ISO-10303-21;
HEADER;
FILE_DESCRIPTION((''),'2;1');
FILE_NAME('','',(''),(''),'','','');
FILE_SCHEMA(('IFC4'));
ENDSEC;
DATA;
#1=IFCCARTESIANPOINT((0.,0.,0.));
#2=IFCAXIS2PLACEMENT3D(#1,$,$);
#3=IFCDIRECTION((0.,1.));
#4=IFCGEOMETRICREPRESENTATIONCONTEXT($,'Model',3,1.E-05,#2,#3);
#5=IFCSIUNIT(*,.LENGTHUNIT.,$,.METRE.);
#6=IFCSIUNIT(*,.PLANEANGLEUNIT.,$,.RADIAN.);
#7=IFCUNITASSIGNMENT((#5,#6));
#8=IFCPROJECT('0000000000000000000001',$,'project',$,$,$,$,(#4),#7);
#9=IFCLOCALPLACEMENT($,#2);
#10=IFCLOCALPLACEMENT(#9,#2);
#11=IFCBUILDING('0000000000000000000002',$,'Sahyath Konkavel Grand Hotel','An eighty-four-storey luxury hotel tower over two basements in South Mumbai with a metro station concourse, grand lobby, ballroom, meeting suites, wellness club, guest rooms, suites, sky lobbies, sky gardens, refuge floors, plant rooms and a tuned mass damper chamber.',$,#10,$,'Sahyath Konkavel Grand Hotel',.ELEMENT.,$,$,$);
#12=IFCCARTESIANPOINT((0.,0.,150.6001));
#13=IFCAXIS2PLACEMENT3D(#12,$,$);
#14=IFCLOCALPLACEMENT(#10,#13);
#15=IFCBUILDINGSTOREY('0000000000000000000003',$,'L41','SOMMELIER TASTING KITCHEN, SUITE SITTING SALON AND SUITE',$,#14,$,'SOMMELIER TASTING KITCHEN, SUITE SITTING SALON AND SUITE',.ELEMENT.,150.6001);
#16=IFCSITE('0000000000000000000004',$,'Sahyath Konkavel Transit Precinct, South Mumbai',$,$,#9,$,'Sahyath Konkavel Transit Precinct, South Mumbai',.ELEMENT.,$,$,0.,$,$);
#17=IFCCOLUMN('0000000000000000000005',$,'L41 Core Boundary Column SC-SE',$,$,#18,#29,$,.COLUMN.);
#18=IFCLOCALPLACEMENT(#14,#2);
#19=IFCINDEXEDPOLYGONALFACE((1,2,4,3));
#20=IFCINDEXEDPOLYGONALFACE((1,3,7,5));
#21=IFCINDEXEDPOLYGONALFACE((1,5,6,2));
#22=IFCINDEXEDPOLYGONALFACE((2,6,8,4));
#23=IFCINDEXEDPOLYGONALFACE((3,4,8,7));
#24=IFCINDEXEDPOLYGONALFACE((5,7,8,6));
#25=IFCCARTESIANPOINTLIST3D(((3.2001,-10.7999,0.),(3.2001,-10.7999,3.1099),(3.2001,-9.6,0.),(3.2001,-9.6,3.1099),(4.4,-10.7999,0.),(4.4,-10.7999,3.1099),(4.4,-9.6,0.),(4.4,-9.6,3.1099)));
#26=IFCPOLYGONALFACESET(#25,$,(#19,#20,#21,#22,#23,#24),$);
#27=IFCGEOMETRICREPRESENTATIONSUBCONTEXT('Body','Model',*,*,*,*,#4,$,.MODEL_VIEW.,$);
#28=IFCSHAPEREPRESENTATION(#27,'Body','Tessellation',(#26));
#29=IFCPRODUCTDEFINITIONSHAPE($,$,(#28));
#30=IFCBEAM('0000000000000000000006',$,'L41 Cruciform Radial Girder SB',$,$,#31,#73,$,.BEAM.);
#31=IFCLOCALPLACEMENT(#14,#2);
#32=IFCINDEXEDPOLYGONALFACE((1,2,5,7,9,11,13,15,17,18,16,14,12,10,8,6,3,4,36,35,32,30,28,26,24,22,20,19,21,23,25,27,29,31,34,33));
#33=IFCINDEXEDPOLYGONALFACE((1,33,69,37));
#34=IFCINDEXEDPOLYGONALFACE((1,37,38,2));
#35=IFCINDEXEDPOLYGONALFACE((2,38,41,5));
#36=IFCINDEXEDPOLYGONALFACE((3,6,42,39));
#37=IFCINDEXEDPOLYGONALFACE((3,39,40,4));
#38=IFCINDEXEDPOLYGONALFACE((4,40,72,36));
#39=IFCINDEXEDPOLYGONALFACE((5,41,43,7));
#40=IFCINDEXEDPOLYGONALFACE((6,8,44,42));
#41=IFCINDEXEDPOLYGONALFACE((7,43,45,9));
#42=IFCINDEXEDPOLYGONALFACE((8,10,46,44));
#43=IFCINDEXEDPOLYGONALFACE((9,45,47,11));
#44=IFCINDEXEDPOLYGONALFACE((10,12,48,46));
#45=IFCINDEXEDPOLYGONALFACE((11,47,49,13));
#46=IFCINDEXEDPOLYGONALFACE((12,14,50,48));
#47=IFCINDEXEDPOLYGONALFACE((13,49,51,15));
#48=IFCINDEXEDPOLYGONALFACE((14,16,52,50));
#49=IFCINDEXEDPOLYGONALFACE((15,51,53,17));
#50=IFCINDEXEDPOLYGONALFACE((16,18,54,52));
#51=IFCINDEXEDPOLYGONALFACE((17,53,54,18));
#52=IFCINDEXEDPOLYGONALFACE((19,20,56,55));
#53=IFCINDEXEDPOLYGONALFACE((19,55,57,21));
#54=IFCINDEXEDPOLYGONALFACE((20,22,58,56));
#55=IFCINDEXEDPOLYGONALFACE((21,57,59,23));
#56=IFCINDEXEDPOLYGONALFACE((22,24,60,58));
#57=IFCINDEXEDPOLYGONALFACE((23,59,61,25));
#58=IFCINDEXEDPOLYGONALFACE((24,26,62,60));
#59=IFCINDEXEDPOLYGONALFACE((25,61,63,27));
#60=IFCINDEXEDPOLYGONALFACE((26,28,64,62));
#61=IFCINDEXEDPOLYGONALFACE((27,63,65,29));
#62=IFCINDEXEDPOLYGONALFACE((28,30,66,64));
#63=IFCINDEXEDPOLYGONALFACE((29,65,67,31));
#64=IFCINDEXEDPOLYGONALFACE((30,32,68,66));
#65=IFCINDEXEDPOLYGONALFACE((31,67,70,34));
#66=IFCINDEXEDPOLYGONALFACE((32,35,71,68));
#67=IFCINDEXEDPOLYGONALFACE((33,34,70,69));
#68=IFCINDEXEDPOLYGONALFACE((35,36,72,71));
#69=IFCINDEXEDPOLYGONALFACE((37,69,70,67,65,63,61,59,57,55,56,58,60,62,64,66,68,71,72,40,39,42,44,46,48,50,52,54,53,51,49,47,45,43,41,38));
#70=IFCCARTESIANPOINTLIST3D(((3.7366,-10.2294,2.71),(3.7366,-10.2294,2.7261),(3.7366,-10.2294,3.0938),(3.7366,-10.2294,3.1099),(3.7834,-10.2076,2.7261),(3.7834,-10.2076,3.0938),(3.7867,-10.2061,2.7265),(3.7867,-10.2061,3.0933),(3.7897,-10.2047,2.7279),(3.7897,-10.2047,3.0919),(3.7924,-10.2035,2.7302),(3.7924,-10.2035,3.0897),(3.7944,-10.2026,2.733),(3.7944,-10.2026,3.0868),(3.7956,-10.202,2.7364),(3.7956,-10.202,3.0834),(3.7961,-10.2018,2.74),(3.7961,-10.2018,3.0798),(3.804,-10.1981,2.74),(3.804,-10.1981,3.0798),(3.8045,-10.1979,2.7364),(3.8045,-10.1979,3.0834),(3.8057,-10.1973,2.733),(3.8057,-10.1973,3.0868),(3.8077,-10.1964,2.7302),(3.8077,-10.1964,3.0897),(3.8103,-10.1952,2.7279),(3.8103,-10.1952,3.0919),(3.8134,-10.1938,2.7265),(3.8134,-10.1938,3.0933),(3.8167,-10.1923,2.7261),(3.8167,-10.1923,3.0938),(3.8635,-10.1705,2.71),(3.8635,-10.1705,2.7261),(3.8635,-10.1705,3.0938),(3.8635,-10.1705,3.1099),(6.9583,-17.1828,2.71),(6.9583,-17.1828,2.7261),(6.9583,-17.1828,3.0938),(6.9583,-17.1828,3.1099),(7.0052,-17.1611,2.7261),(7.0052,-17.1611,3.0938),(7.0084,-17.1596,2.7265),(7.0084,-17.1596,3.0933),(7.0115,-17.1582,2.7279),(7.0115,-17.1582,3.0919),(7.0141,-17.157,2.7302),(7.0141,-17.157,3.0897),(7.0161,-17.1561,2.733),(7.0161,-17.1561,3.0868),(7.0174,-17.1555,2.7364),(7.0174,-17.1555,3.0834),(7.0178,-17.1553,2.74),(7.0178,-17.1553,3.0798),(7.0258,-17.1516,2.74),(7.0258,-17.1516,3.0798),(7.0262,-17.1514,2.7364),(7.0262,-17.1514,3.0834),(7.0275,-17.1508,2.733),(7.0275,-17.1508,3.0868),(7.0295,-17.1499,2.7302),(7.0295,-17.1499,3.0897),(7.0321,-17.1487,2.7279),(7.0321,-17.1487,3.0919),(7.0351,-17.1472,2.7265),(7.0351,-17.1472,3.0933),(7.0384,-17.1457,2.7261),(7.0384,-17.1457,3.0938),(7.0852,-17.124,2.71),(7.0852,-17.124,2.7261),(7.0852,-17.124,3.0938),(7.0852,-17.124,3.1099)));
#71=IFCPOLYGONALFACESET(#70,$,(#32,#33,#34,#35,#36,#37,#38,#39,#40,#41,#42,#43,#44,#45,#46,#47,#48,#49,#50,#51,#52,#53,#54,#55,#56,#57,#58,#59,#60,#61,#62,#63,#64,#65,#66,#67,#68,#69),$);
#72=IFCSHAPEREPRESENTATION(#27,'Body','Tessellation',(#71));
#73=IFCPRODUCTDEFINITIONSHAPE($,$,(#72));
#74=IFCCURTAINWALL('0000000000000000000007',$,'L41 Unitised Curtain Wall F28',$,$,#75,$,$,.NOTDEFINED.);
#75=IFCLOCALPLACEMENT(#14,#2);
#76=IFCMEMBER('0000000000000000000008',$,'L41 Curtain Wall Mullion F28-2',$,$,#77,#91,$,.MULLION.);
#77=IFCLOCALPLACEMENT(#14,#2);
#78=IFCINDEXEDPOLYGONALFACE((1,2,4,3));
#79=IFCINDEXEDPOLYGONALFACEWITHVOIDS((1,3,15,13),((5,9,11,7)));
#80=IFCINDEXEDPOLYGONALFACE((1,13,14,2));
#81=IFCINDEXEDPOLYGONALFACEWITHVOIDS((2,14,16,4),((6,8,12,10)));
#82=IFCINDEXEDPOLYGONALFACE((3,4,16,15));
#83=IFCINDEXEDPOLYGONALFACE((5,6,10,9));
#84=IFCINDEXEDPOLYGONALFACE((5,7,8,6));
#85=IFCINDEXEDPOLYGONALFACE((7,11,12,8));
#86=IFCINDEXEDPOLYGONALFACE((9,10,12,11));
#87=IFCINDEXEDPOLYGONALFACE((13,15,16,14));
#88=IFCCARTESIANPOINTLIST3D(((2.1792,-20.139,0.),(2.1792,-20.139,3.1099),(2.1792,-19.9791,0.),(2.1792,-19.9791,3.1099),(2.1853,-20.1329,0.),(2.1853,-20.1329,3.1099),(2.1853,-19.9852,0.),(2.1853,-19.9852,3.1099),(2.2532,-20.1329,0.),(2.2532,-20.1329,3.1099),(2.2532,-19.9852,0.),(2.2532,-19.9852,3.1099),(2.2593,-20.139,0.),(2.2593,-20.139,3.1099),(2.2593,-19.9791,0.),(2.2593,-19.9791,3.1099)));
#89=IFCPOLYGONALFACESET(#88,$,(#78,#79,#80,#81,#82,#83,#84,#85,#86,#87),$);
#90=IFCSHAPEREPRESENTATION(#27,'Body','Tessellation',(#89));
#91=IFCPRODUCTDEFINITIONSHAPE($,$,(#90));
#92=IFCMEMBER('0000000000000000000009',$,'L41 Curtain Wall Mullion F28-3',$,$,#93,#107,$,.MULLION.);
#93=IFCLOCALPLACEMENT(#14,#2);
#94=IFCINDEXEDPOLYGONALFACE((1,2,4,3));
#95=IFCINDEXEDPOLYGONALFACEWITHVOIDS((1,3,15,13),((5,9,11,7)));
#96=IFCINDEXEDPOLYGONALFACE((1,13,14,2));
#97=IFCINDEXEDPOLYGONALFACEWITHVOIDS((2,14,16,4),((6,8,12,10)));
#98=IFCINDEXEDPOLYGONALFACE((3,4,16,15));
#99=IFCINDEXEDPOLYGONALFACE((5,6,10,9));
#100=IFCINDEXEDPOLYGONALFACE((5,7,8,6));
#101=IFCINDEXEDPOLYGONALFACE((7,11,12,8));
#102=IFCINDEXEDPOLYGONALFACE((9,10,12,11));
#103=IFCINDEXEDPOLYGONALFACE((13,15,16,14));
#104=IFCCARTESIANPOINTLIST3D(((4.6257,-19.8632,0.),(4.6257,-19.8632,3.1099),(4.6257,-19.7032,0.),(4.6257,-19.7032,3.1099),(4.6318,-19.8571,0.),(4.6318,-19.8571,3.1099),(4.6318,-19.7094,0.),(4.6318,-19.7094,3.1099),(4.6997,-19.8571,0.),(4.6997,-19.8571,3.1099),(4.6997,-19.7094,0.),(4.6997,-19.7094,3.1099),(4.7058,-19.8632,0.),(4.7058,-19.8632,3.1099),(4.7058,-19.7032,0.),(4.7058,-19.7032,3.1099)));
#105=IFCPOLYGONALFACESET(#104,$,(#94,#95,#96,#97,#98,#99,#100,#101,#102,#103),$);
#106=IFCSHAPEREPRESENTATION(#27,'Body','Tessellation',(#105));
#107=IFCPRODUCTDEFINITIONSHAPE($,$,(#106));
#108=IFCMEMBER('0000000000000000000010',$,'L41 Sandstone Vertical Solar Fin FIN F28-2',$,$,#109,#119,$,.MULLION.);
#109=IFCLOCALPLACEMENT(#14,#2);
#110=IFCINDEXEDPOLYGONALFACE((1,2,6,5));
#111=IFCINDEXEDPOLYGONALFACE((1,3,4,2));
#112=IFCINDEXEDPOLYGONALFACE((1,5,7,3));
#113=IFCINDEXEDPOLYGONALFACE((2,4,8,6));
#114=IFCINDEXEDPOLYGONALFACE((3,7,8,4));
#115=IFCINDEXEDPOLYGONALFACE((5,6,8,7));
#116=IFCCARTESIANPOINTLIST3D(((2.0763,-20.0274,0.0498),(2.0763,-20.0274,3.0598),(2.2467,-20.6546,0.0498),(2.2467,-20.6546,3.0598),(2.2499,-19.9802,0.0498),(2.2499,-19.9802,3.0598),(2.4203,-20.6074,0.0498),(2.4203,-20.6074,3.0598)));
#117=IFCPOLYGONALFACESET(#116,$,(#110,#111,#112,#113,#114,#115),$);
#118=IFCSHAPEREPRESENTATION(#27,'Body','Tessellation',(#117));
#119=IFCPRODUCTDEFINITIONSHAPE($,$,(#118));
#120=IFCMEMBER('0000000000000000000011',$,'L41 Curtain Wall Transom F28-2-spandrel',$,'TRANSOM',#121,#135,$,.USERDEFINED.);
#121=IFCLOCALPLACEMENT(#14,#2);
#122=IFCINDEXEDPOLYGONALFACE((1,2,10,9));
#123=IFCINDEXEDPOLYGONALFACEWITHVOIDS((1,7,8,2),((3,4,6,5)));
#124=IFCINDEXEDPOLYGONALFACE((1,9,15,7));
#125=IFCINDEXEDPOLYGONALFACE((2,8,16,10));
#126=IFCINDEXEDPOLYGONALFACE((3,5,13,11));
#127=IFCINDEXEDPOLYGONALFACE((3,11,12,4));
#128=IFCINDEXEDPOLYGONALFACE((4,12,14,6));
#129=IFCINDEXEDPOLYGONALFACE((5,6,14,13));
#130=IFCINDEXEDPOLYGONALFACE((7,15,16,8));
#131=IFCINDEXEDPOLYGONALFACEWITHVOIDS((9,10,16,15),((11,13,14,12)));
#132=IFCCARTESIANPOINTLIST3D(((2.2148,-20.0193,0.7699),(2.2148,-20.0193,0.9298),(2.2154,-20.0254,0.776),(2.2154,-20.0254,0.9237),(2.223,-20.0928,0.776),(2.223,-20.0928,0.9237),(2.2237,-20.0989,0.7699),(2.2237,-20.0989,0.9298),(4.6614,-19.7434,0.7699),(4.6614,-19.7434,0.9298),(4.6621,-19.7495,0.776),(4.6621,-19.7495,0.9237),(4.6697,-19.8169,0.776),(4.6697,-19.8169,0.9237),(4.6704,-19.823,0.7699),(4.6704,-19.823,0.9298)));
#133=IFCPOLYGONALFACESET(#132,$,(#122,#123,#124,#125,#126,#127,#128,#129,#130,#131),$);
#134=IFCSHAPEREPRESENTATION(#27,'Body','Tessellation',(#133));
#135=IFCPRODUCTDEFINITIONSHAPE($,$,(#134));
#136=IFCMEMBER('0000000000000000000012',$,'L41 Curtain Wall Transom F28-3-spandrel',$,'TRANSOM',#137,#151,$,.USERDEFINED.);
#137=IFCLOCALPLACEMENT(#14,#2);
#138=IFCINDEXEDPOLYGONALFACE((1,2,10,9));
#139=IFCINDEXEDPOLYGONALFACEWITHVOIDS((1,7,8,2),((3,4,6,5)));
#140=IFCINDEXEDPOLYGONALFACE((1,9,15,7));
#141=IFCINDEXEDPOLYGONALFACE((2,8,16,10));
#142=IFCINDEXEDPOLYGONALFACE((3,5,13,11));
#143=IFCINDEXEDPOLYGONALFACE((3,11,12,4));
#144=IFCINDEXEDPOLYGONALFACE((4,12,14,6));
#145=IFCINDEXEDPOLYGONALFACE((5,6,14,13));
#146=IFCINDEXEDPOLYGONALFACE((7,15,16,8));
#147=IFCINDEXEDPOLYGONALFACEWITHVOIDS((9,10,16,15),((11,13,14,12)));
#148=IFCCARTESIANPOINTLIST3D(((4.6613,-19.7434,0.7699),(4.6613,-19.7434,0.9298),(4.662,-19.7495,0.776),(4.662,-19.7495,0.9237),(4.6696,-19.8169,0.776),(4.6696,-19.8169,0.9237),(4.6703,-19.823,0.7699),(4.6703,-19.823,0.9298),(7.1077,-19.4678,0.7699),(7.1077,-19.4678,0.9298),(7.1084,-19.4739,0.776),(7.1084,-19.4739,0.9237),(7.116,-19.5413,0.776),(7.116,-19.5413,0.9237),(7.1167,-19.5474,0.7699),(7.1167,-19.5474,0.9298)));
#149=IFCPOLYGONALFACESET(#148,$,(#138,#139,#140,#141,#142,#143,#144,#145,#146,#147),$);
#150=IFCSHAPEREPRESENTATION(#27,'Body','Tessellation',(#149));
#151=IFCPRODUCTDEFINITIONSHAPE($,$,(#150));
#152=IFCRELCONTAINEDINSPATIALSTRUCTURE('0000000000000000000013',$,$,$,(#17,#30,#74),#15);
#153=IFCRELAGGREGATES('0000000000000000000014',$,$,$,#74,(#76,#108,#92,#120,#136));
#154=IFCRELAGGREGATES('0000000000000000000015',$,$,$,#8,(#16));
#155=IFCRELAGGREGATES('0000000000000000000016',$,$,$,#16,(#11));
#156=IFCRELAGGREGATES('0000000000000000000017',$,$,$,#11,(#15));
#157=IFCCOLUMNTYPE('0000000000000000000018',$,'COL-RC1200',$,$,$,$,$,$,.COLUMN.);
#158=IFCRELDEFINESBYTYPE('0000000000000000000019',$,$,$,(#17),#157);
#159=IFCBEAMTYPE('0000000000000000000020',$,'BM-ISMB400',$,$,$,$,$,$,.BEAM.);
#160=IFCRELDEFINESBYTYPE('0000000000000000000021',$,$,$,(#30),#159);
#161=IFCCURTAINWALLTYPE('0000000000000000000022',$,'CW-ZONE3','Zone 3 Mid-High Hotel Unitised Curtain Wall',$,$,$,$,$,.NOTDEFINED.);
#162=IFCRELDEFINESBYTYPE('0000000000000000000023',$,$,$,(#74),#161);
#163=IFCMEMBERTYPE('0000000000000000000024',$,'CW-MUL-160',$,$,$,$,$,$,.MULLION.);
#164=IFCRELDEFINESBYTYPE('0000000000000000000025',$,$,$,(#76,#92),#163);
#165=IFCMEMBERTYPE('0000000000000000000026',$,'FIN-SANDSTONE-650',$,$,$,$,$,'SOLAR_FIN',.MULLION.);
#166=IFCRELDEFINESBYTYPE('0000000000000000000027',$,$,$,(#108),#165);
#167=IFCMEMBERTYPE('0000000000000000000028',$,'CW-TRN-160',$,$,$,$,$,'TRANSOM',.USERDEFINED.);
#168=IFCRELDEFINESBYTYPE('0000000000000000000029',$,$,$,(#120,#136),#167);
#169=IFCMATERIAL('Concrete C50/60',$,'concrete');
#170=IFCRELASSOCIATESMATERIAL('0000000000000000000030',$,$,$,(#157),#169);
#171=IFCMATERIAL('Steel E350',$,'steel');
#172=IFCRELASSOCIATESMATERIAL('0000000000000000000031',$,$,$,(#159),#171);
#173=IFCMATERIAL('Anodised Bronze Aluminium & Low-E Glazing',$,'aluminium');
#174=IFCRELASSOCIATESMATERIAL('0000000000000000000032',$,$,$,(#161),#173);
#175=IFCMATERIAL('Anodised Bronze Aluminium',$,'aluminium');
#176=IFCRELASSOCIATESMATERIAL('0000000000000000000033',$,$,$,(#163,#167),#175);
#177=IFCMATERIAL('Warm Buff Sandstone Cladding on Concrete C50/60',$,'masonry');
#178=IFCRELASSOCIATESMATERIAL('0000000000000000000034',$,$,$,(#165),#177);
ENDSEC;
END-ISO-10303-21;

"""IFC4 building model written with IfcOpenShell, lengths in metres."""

from ifc_helpers import new_model, si_unit, direction, frame, origin, origin_2d, place, context, subcontext, project, spatial, rectangle, hollow_rectangle, i_section, extrude, source, transform, mapped, material, material_profile, profile_set, type_object, element, aggregate, save


model = new_model("IFC4")

# Units and contexts
model_context = context("Model", 3, precision=1e-05, world=origin(), true_north=direction((0.0, 1.0)))
body_context = subcontext(model_context, "Body", "Model", "MODEL_VIEW")
ifc_project = project(units=[si_unit("LENGTHUNIT", "METRE"), si_unit("PLANEANGLEUNIT", "RADIAN")], contexts=[model_context])

# Site, building, storey
site_placement = place(None, origin())
site = spatial("IfcSite", under=ifc_project, at=site_placement, Name="Sahyath Konkavel Transit Precinct, South Mumbai", LongName="Sahyath Konkavel Transit Precinct, South Mumbai", CompositionType="ELEMENT", RefElevation=0.0)
building_placement = place(site_placement, origin())
building = spatial("IfcBuilding", under=site, at=building_placement, Name="Sahyath Konkavel Grand Hotel", Description="An eighty-four-storey luxury hotel tower over two basements in South Mumbai with a metro station concourse, grand lobby, ballroom, meeting suites, wellness club, guest rooms, suites, sky lobbies, sky gardens, refuge floors, plant rooms and a tuned mass damper chamber.", LongName="Sahyath Konkavel Grand Hotel", CompositionType="ELEMENT")
storey_placement = place(building_placement, frame((0.0, 0.0, 150.6001)))
storey = spatial("IfcBuildingStorey", under=building, at=storey_placement, Name="L41", Description="SOMMELIER TASTING KITCHEN, SUITE SITTING SALON AND SUITE", LongName="SOMMELIER TASTING KITCHEN, SUITE SITTING SALON AND SUITE", CompositionType="ELEMENT", Elevation=150.6001)

# Column
ifc_material_1 = material(Name="Concrete C50/60", Category="concrete")
ifc_material_profile_1 = material_profile(ifc_material_1, rectangle(XDim=1.2, YDim=1.2, at=origin_2d()), Name="RC 1200x1200")
ifc_profile_set_1 = profile_set([ifc_material_profile_1], Name="Concrete C50/60")
column_type = type_object("IfcColumnType", Name="COL-RC1200", PredefinedType="COLUMN", material=ifc_profile_set_1)
shared_shape_1 = source(origin(), body_context, "Body", "SweptSolid", [
    extrude(rectangle(XDim=1.2, YDim=1.2, at=origin_2d()), origin(), (0.0, 0.0, 1.0), 3.1099),
])
column_placement = place(storey_placement, frame((3.8, -10.2, 0.0), z_axis=(0.0, 0.0, 1.0), x_axis=(1.0, 0.0, 0.0)))
element("IfcColumn", 1, at=column_placement, inside=storey, type_object=column_type, Name="L41 Core Boundary Column SC-SE", PredefinedType="COLUMN", context=body_context, shape_type="MappedRepresentation", body=[
    mapped(shared_shape_1, transform((0.0, 0.0, 0.0), scale=1.0)),
])

# Beam
ifc_material_2 = material(Name="Steel E350", Category="steel")
ifc_material_profile_2 = material_profile(ifc_material_2, i_section(OverallWidth=0.1399, OverallDepth=0.3999, WebThickness=0.0088, FlangeThickness=0.0161, FilletRadius=0.0139, at=origin_2d()), Name="ISMB 400")
ifc_profile_set_2 = profile_set([ifc_material_profile_2], Name="Steel E350")
beam_type_1 = type_object("IfcBeamType", Name="BM-ISMB400", PredefinedType="BEAM", material=ifc_profile_set_2)
shared_shape_2 = source(origin(), body_context, "Body", "SweptSolid", [
    extrude(i_section(OverallWidth=0.1399, OverallDepth=0.3999, WebThickness=0.0088, FlangeThickness=0.0161, FilletRadius=0.0139, at=origin_2d()), origin(), (0.0, 0.0, 1.0), 7.6636),
])
beam_1_placement = place(storey_placement, frame((3.8, -10.2, 2.9099), z_axis=(0.420395, -0.907341, 0.0), x_axis=(0.907341, 0.420395, 0.0)))
element("IfcBeam", 2, at=beam_1_placement, inside=storey, type_object=beam_type_1, Name="L41 Cruciform Radial Girder SB", PredefinedType="BEAM", context=body_context, shape_type="MappedRepresentation", body=[
    mapped(shared_shape_2, transform((0.0, 0.0, 0.0), scale=1.0)),
])

# Curtain wall, members
ifc_material_3 = material(Name="Anodised Bronze Aluminium & Low-E Glazing", Category="aluminium")
curtain_wall_type = type_object("IfcCurtainWallType", Name="CW-ZONE3", Description="Zone 3 Mid-High Hotel Unitised Curtain Wall", PredefinedType="NOTDEFINED", material=ifc_material_3)
curtain_wall_placement = place(storey_placement, origin())
curtain_wall = element("IfcCurtainWall", 3, at=curtain_wall_placement, inside=storey, type_object=curtain_wall_type, Name="L41 Unitised Curtain Wall F28", PredefinedType="NOTDEFINED")
ifc_material_4 = material(Name="Anodised Bronze Aluminium", Category="aluminium")
ifc_material_profile_3 = material_profile(ifc_material_4, hollow_rectangle(XDim=0.0801, YDim=0.1599, WallThickness=0.0061, at=origin_2d()), Name="RHS 160x80x6")
ifc_profile_set_3 = profile_set([ifc_material_profile_3], Name="Anodised Bronze Aluminium")
member_type_1 = type_object("IfcMemberType", Name="CW-MUL-160", PredefinedType="MULLION", material=ifc_profile_set_3)
shared_shape_3 = source(origin(), body_context, "Body", "SweptSolid", [
    extrude(hollow_rectangle(XDim=0.0801, YDim=0.1599, WallThickness=0.0061, at=origin_2d()), origin(), (0.0, 0.0, 1.0), 3.1099),
])
member_1_placement = place(storey_placement, frame((2.2192, -20.0591, 0.0), z_axis=(0.0, 0.0, 1.0), x_axis=(1.0, 0.0, 0.0)))
member_1 = element("IfcMember", 4, at=member_1_placement, type_object=member_type_1, Name="L41 Curtain Wall Mullion F28-2", PredefinedType="MULLION", context=body_context, shape_type="MappedRepresentation", body=[
    mapped(shared_shape_3, transform((0.0, 0.0, 0.0), scale=1.0)),
])
member_2_placement = place(storey_placement, frame((4.6658, -19.7832, 0.0), z_axis=(0.0, 0.0, 1.0), x_axis=(1.0, 0.0, 0.0)))
member_2 = element("IfcMember", 5, at=member_2_placement, type_object=member_type_1, Name="L41 Curtain Wall Mullion F28-3", PredefinedType="MULLION", context=body_context, shape_type="MappedRepresentation", body=[
    mapped(shared_shape_3, transform((0.0, 0.0, 0.0), scale=1.0)),
])
ifc_material_5 = material(Name="Warm Buff Sandstone Cladding on Concrete C50/60", Category="masonry")
ifc_material_profile_4 = material_profile(ifc_material_5, rectangle(XDim=0.1799, YDim=0.6499, at=origin_2d()), Name="FIN 180x650")
ifc_profile_set_4 = profile_set([ifc_material_profile_4], Name="Warm Buff Sandstone Cladding on Concrete C50/60")
member_type_2 = type_object("IfcMemberType", Name="FIN-SANDSTONE-650", ElementType="SOLAR_FIN", PredefinedType="MULLION", material=ifc_profile_set_4)
shared_shape_4 = source(origin(), body_context, "Body", "SweptSolid", [
    extrude(rectangle(XDim=0.1799, YDim=0.6499, at=origin_2d()), origin(), (0.0, 0.0, 1.0), 3.01),
])
member_3_placement = place(storey_placement, frame((2.2483, -20.3174, 0.0498), z_axis=(0.0, 0.0, 1.0), x_axis=(0.965016, 0.262189, 0.0)))
member_3 = element("IfcMember", 6, at=member_3_placement, type_object=member_type_2, Name="L41 Sandstone Vertical Solar Fin FIN F28-2", PredefinedType="MULLION", context=body_context, shape_type="MappedRepresentation", body=[
    mapped(shared_shape_4, transform((0.0, 0.0, 0.0), scale=1.0)),
])
ifc_material_profile_5 = material_profile(ifc_material_4, hollow_rectangle(XDim=0.0801, YDim=0.1599, WallThickness=0.0061, at=origin_2d()), Name="RHS 160x80x6")
ifc_profile_set_5 = profile_set([ifc_material_profile_5], Name="Anodised Bronze Aluminium")
member_type_3 = type_object("IfcMemberType", Name="CW-TRN-160", ElementType="TRANSOM", PredefinedType="USERDEFINED", material=ifc_profile_set_5)
shared_shape_5 = source(origin(), body_context, "Body", "SweptSolid", [
    extrude(hollow_rectangle(XDim=0.0801, YDim=0.1599, WallThickness=0.0061, at=origin_2d()), origin(), (0.0, 0.0, 1.0), 2.4622),
])
member_4_placement = place(storey_placement, frame((2.2192, -20.0591, 0.8499), z_axis=(0.993702, 0.112053, 0.0), x_axis=(-0.112053, 0.993702, 0.0)))
member_4 = element("IfcMember", 7, at=member_4_placement, type_object=member_type_3, Name="L41 Curtain Wall Transom F28-2-spandrel", ObjectType="TRANSOM", PredefinedType="USERDEFINED", context=body_context, shape_type="MappedRepresentation", body=[
    mapped(shared_shape_5, transform((0.0, 0.0, 0.0), scale=1.0)),
])
shared_shape_6 = source(origin(), body_context, "Body", "SweptSolid", [
    extrude(hollow_rectangle(XDim=0.0801, YDim=0.1599, WallThickness=0.0061, at=origin_2d()), origin(), (0.0, 0.0, 1.0), 2.4619),
])
member_5_placement = place(storey_placement, frame((4.6658, -19.7832, 0.8499), z_axis=(0.993713, 0.111955, 0.0), x_axis=(-0.111955, 0.993713, 0.0)))
member_5 = element("IfcMember", 8, at=member_5_placement, type_object=member_type_3, Name="L41 Curtain Wall Transom F28-3-spandrel", ObjectType="TRANSOM", PredefinedType="USERDEFINED", context=body_context, shape_type="MappedRepresentation", body=[
    mapped(shared_shape_6, transform((0.0, 0.0, 0.0), scale=1.0)),
])

aggregate(curtain_wall, [member_1, member_3, member_2, member_4, member_5])

save(model, "model.ifc")
